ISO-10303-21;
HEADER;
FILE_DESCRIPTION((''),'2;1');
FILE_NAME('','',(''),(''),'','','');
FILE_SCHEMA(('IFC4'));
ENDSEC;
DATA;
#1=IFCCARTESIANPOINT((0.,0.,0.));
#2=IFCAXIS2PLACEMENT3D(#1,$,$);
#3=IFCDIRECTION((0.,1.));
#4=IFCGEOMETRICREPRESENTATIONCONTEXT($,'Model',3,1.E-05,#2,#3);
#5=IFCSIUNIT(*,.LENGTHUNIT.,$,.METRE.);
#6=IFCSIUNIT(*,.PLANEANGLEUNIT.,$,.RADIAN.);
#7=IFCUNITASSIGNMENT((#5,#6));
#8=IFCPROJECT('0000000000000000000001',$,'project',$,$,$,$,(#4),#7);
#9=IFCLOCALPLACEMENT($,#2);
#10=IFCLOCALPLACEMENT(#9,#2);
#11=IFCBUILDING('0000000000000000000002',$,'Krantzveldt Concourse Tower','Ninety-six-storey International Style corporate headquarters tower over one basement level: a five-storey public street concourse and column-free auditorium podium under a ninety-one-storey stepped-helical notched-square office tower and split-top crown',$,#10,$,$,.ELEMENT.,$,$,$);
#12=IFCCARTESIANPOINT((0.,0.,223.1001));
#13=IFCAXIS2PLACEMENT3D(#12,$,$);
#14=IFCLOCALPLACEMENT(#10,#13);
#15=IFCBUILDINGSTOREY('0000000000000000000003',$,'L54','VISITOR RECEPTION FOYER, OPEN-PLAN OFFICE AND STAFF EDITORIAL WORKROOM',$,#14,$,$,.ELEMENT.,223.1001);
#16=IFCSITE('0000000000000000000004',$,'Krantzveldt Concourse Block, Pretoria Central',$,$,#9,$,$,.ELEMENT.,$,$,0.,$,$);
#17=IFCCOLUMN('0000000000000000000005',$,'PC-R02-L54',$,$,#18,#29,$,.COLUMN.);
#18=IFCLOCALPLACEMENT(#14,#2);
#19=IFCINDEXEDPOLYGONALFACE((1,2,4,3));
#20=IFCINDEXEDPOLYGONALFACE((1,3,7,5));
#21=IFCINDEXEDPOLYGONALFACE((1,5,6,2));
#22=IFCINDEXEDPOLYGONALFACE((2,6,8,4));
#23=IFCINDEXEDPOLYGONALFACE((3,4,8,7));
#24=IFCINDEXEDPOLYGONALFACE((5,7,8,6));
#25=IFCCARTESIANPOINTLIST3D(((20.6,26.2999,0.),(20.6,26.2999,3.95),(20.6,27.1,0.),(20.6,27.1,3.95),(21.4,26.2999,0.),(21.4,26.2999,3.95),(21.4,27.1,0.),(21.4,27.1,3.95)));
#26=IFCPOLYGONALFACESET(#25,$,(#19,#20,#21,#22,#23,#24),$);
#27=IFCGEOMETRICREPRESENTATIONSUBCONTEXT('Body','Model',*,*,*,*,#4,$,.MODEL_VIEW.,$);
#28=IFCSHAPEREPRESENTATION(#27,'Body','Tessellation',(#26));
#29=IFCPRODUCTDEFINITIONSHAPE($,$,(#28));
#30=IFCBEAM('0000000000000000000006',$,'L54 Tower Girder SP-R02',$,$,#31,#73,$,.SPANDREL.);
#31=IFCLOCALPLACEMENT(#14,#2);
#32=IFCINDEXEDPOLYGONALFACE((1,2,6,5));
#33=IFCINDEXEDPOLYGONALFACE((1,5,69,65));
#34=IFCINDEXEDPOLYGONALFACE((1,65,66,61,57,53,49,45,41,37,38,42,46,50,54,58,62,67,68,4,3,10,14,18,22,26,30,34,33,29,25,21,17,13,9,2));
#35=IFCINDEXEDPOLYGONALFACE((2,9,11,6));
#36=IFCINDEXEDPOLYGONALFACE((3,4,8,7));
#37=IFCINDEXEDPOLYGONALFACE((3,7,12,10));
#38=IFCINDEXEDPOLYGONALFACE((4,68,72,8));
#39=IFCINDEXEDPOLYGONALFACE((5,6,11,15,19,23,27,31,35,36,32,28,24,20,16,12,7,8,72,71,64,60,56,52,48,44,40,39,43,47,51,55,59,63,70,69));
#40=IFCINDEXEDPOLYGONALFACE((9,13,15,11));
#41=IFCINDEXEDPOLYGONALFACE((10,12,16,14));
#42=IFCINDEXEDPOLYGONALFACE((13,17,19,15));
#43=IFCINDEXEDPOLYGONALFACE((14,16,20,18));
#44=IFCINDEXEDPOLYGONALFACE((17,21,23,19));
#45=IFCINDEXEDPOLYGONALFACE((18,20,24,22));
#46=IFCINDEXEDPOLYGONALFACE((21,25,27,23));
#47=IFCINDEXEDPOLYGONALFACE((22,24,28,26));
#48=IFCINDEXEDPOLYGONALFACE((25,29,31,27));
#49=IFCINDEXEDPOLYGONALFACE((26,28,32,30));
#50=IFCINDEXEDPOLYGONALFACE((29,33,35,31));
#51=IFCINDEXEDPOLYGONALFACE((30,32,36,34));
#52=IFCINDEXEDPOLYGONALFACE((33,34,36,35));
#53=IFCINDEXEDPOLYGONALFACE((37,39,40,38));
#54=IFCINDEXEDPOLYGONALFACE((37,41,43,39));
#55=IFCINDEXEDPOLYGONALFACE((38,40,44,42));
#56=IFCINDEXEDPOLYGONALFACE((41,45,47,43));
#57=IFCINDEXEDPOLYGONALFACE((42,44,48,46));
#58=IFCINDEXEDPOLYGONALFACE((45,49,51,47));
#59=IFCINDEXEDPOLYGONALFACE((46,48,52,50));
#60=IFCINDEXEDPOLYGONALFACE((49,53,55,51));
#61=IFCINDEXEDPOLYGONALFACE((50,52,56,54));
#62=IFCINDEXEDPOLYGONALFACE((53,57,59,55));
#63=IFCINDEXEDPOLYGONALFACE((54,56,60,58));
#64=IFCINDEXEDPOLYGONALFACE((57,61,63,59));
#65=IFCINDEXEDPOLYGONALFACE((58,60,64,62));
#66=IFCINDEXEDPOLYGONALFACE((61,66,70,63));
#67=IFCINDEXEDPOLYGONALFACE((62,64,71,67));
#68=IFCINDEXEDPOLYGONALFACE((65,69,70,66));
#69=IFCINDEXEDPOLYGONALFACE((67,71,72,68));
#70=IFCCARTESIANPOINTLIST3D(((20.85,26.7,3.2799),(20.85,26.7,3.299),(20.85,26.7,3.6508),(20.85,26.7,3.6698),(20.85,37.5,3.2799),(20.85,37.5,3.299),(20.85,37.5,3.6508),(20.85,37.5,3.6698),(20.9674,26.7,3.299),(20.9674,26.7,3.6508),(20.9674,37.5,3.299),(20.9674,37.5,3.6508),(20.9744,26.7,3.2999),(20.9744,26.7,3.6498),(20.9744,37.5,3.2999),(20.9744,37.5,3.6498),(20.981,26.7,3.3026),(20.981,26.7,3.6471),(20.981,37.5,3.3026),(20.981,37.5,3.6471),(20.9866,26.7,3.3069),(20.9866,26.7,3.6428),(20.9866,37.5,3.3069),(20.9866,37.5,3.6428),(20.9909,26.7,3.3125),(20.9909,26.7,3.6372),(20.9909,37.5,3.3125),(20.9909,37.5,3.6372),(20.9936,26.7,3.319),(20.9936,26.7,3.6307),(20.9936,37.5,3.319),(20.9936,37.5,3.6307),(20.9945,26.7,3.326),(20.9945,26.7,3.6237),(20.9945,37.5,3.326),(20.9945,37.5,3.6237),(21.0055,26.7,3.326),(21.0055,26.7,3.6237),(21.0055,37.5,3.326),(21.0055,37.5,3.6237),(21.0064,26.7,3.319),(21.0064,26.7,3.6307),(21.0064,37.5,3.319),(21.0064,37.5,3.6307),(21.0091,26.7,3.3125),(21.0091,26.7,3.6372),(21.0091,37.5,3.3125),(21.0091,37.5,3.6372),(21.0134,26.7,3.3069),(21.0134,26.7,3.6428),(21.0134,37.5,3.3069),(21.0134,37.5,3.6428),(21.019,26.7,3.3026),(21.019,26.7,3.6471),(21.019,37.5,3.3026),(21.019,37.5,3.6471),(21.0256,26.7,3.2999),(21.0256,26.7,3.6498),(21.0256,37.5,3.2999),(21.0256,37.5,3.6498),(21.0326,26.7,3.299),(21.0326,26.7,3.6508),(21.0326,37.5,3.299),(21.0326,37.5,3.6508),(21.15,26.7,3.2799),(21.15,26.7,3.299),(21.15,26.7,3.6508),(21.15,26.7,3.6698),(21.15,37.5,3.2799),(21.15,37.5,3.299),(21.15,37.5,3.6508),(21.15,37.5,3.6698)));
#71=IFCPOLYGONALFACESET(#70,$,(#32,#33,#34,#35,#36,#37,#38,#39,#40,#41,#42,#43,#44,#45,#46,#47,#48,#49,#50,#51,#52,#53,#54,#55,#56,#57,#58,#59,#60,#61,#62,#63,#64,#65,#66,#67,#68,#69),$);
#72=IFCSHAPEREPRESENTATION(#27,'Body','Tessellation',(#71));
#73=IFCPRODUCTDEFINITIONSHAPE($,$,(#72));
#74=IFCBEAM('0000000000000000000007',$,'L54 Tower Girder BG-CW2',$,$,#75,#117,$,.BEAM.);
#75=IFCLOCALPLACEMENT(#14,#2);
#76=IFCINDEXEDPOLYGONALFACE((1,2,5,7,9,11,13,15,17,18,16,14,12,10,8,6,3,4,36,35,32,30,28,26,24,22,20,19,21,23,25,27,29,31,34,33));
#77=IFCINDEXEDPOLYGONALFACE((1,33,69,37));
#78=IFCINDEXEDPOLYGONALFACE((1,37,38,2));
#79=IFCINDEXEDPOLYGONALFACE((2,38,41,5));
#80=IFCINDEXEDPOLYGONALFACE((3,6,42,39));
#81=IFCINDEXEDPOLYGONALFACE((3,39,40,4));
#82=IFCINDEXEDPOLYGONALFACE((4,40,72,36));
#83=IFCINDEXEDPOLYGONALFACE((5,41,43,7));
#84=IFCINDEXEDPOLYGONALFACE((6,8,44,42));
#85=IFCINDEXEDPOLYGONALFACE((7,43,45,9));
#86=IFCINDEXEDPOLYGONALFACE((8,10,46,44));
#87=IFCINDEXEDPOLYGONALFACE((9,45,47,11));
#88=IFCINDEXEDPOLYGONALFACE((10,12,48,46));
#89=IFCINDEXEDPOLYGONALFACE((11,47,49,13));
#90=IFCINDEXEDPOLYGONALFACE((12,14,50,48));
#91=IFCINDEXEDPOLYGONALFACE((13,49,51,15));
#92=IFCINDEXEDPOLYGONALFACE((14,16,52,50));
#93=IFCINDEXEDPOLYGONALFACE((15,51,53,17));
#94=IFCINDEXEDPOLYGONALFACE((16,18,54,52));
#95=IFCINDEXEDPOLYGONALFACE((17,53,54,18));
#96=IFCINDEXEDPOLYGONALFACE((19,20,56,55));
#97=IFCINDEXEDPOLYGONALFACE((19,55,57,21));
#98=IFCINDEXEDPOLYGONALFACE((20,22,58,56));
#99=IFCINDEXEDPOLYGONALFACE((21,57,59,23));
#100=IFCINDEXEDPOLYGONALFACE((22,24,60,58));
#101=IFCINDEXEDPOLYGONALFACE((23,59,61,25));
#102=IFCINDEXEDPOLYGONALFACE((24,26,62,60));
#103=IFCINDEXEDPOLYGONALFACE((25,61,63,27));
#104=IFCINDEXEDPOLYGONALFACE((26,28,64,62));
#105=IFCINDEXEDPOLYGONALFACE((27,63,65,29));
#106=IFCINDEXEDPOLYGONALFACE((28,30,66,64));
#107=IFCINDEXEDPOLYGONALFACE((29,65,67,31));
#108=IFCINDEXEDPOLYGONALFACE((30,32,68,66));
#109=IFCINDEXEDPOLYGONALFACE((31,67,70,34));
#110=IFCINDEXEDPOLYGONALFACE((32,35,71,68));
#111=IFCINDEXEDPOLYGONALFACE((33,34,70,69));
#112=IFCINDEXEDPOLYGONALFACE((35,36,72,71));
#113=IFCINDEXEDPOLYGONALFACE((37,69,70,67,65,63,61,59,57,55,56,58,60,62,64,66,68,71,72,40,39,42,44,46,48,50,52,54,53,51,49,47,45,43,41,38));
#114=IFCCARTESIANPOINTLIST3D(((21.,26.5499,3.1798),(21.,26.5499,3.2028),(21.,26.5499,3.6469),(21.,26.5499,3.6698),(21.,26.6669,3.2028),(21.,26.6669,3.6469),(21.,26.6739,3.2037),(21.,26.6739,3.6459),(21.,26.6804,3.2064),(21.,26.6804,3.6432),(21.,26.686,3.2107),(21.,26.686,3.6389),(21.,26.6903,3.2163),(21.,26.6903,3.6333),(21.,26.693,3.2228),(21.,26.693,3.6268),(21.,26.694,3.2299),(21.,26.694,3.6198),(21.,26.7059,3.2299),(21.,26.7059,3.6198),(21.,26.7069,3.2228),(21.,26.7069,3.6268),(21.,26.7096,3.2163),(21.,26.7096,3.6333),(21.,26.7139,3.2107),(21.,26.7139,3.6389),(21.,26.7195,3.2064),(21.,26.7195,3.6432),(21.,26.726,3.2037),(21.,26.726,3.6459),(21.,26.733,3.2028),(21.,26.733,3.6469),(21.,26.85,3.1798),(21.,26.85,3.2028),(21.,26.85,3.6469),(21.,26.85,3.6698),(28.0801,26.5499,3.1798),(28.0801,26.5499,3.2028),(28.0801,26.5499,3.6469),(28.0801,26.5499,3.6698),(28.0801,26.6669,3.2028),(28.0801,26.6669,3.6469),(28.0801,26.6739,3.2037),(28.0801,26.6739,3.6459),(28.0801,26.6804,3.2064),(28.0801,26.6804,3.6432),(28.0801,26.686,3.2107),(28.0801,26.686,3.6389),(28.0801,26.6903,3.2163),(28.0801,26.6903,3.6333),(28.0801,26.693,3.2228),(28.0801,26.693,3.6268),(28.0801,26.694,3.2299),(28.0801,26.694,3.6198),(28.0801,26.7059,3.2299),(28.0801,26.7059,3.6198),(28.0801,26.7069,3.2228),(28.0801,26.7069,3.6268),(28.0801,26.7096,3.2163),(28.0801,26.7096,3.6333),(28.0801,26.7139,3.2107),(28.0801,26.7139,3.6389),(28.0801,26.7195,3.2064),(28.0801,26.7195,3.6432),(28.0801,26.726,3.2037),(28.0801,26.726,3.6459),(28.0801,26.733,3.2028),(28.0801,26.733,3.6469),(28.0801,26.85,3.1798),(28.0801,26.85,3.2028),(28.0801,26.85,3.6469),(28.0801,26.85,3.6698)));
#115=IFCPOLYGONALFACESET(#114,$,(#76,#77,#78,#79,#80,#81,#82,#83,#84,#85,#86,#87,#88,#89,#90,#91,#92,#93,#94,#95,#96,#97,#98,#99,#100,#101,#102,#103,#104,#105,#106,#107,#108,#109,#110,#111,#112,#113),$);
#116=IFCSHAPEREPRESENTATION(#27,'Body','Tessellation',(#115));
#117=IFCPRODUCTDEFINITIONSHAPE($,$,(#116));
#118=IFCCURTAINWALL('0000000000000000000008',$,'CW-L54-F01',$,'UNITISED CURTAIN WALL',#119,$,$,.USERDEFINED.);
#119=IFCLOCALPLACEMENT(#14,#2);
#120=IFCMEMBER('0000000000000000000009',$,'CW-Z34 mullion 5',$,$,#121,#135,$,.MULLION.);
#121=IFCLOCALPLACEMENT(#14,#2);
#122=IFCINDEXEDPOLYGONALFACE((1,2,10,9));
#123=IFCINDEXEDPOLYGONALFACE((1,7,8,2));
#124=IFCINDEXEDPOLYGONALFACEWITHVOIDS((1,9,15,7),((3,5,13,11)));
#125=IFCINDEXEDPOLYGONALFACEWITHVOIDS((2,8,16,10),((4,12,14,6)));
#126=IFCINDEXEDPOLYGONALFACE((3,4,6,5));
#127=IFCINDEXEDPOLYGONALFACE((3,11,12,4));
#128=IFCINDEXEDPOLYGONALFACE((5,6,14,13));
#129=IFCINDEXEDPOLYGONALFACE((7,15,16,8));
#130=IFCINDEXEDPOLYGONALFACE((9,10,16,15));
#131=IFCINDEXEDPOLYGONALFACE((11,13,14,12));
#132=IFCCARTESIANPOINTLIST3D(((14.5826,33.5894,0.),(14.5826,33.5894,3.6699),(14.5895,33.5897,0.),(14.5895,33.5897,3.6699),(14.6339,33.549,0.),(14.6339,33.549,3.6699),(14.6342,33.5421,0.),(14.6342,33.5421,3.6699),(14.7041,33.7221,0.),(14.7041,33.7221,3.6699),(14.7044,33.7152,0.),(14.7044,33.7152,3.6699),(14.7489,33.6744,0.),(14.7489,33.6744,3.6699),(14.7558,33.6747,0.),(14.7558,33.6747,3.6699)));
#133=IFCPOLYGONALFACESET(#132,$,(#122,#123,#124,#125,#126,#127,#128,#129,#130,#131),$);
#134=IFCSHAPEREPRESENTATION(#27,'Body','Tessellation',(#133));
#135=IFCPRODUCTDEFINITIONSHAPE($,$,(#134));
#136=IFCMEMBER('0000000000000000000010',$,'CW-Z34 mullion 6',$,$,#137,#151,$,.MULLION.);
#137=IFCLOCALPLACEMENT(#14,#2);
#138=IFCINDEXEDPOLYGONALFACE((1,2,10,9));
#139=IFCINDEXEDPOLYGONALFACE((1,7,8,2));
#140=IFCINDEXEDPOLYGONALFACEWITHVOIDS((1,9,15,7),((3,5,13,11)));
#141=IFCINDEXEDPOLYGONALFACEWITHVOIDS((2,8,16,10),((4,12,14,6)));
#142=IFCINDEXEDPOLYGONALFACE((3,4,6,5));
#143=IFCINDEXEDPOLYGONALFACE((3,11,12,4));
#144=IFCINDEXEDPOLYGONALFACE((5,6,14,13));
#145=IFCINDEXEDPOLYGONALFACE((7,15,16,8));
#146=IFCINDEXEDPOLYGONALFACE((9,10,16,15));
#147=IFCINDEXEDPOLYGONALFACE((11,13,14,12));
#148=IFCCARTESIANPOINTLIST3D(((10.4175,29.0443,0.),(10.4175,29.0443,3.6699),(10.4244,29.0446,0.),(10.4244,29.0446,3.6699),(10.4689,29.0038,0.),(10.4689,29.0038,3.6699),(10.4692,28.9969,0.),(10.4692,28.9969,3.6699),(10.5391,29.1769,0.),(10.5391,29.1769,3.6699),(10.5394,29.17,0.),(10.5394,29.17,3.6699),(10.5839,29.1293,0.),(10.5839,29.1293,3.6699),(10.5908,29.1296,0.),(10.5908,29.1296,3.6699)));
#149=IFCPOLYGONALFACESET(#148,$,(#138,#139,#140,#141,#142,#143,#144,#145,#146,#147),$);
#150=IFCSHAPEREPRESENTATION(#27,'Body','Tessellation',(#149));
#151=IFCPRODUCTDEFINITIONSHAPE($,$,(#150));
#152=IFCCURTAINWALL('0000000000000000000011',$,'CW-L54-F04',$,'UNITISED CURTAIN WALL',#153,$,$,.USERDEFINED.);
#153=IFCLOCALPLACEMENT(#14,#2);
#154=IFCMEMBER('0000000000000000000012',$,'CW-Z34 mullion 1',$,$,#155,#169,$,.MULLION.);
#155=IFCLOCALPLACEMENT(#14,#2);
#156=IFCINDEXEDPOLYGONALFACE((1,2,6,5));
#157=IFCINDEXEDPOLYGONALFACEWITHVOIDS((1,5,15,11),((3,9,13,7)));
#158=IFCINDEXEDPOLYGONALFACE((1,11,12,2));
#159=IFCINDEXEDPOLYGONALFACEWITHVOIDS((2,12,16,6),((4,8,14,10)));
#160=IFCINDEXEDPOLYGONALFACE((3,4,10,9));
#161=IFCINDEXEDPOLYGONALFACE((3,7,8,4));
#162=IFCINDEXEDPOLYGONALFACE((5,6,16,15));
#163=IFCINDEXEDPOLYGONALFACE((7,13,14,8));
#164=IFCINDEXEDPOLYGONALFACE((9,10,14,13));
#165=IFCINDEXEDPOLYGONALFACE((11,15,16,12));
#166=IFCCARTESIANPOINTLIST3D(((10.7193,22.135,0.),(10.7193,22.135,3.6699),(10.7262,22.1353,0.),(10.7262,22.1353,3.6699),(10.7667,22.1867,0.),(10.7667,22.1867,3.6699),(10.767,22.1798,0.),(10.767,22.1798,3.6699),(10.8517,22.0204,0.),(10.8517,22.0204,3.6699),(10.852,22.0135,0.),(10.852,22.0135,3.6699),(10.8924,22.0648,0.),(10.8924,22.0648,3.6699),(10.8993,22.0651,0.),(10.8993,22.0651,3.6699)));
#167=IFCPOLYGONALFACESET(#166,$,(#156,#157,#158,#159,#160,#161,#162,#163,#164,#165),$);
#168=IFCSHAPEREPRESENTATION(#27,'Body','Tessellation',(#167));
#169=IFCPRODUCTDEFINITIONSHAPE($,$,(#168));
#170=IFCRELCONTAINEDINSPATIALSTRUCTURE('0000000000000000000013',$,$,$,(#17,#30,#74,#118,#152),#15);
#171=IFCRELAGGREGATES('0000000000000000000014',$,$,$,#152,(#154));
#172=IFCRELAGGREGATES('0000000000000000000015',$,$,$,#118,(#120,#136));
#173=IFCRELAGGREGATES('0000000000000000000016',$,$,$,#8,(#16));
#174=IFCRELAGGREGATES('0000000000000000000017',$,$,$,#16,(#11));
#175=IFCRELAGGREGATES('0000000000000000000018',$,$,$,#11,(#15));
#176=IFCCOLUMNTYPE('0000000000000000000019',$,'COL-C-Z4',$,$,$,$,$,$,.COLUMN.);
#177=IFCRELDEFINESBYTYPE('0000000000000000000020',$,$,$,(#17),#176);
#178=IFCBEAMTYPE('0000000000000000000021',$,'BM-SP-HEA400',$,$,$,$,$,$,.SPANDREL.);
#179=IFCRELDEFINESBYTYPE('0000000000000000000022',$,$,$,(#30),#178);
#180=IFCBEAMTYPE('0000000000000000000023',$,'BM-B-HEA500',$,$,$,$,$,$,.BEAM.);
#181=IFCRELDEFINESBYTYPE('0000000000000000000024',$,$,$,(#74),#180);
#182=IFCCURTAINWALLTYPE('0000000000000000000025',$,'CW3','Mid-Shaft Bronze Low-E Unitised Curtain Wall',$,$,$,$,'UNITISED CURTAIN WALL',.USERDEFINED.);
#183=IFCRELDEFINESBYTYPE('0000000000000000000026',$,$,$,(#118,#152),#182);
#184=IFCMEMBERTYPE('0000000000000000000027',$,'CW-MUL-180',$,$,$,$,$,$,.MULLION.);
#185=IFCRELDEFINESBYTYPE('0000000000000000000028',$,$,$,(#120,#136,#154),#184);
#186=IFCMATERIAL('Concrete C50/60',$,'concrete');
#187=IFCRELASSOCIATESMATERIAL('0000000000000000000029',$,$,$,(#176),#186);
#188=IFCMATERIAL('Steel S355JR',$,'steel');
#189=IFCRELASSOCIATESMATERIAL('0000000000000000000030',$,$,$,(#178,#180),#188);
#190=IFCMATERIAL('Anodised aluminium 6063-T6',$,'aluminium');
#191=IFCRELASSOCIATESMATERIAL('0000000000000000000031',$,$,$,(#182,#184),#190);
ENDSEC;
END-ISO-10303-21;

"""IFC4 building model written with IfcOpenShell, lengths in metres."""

from ifc_helpers import new_model, si_unit, direction, frame, origin, origin_2d, place, context, subcontext, project, spatial, rectangle, hollow_rectangle, i_section, extrude, source, transform, mapped, material, material_profile, profile_set, type_object, type_shapes, element, aggregate, save


model = new_model("IFC4")

# Units and contexts
model_context = context("Model", 3, precision=1e-05, world=origin(), true_north=direction((0.0, 1.0)))
body_context = subcontext(model_context, "Body", "Model", "MODEL_VIEW")
ifc_project = project(units=[si_unit("LENGTHUNIT", "METRE"), si_unit("PLANEANGLEUNIT", "RADIAN")], contexts=[model_context])

# Site, building, storey
site_placement = place(None, origin())
site = spatial("IfcSite", under=ifc_project, at=site_placement, Name="Krantzveldt Concourse Block, Pretoria Central", CompositionType="ELEMENT", RefElevation=0.0)
building_placement = place(site_placement, origin())
building = spatial("IfcBuilding", under=site, at=building_placement, Name="Krantzveldt Concourse Tower", Description="Ninety-six-storey International Style corporate headquarters tower over one basement level: a five-storey public street concourse and column-free auditorium podium under a ninety-one-storey stepped-helical notched-square office tower and split-top crown", CompositionType="ELEMENT")
storey_placement = place(building_placement, frame((0.0, 0.0, 223.1001)))
storey = spatial("IfcBuildingStorey", under=building, at=storey_placement, Name="L54", Description="VISITOR RECEPTION FOYER, OPEN-PLAN OFFICE AND STAFF EDITORIAL WORKROOM", CompositionType="ELEMENT", Elevation=223.1001)

# Column
ifc_material_1 = material(Name="Concrete C50/60", Category="concrete")
ifc_material_profile_1 = material_profile(ifc_material_1, rectangle(XDim=0.8, YDim=0.8, at=origin_2d()), Name="Concrete C50/60", Category="concrete")
ifc_profile_set_1 = profile_set([ifc_material_profile_1], Name="Concrete C50/60 - RC 800x800")
column_type = type_object("IfcColumnType", Name="COL-C-Z4", PredefinedType="COLUMN", material=ifc_profile_set_1)
shared_shape_1 = source(origin(), body_context, "Body", "SweptSolid", [
    extrude(rectangle(XDim=0.8, YDim=0.8, at=origin_2d()), origin(), (0.0, 0.0, 1.0), 3.95),
])
type_shapes(column_type, [shared_shape_1])
column_placement = place(storey_placement, frame((21.0, 26.7, 0.0), z_axis=(0.0, 0.0, 1.0), x_axis=(1.0, 0.0, 0.0)))
element("IfcColumn", 1, at=column_placement, inside=storey, type_object=column_type, Name="PC-R02-L54", PredefinedType="COLUMN", context=body_context, shape_type="MappedRepresentation", body=[
    mapped(shared_shape_1, transform((0.0, 0.0, 0.0), x_axis=(1.0, 0.0, 0.0), y_axis=(0.0, 1.0, 0.0), z_axis=(0.0, 0.0, 1.0), scale=1.0)),
])

# Beams
ifc_material_2 = material(Name="Steel S355JR", Category="steel")
ifc_material_profile_2 = material_profile(ifc_material_2, i_section(OverallWidth=0.3, OverallDepth=0.3899, WebThickness=0.011, FlangeThickness=0.019, FilletRadius=0.0271, at=origin_2d()), Name="Steel S355JR", Category="steel")
ifc_profile_set_2 = profile_set([ifc_material_profile_2], Name="Steel S355JR - HEA 400")
beam_type_1 = type_object("IfcBeamType", Name="BM-SP-HEA400", PredefinedType="SPANDREL", material=ifc_profile_set_2)
shared_shape_2 = source(origin(), body_context, "Body", "SweptSolid", [
    extrude(i_section(OverallWidth=0.3, OverallDepth=0.3899, WebThickness=0.011, FlangeThickness=0.019, FilletRadius=0.0271, at=origin_2d()), origin(), (0.0, 0.0, 1.0), 10.8),
])
type_shapes(beam_type_1, [shared_shape_2])
beam_1_placement = place(storey_placement, frame((21.0, 26.7, 3.4749), z_axis=(0.0, 1.0, 0.0), x_axis=(-1.0, 0.0, 0.0)))
element("IfcBeam", 2, at=beam_1_placement, inside=storey, type_object=beam_type_1, Name="L54 Tower Girder SP-R02", PredefinedType="SPANDREL", context=body_context, shape_type="MappedRepresentation", body=[
    mapped(shared_shape_2, transform((0.0, 0.0, 0.0), x_axis=(1.0, 0.0, 0.0), y_axis=(0.0, 1.0, 0.0), z_axis=(0.0, 0.0, 1.0), scale=1.0)),
])
ifc_material_profile_3 = material_profile(ifc_material_2, i_section(OverallWidth=0.3, OverallDepth=0.49, WebThickness=0.012, FlangeThickness=0.0229, FilletRadius=0.0271, at=origin_2d()), Name="Steel S355JR", Category="steel")
ifc_profile_set_3 = profile_set([ifc_material_profile_3], Name="Steel S355JR - HEA 500")
beam_type_2 = type_object("IfcBeamType", Name="BM-B-HEA500", PredefinedType="BEAM", material=ifc_profile_set_3)
shared_shape_3 = source(origin(), body_context, "Body", "SweptSolid", [
    extrude(i_section(OverallWidth=0.3, OverallDepth=0.49, WebThickness=0.012, FlangeThickness=0.0229, FilletRadius=0.0271, at=origin_2d()), origin(), (0.0, 0.0, 1.0), 7.0801),
])
type_shapes(beam_type_2, [shared_shape_3])
beam_2_placement = place(storey_placement, frame((21.0, 26.7, 3.4248), z_axis=(1.0, 0.0, 0.0), x_axis=(0.0, 1.0, 0.0)))
element("IfcBeam", 3, at=beam_2_placement, inside=storey, type_object=beam_type_2, Name="L54 Tower Girder BG-CW2", PredefinedType="BEAM", context=body_context, shape_type="MappedRepresentation", body=[
    mapped(shared_shape_3, transform((0.0, 0.0, 0.0), x_axis=(1.0, 0.0, 0.0), y_axis=(0.0, 1.0, 0.0), z_axis=(0.0, 0.0, 1.0), scale=1.0)),
])

# Curtain wall, members
ifc_material_3 = material(Name="Anodised aluminium 6063-T6", Category="aluminium")
curtain_wall_type = type_object("IfcCurtainWallType", Name="CW3", Description="Mid-Shaft Bronze Low-E Unitised Curtain Wall", ElementType="UNITISED CURTAIN WALL", PredefinedType="USERDEFINED", material=ifc_material_3)
curtain_wall_1_placement = place(storey_placement, origin())
curtain_wall_1 = element("IfcCurtainWall", 4, at=curtain_wall_1_placement, inside=storey, type_object=curtain_wall_type, Name="CW-L54-F01", ObjectType="UNITISED CURTAIN WALL", PredefinedType="USERDEFINED")
ifc_material_profile_4 = material_profile(ifc_material_3, hollow_rectangle(XDim=0.0701, YDim=0.1799, WallThickness=0.0049, at=origin_2d()), Name="Anodised aluminium 6063-T6", Category="aluminium")
ifc_profile_set_4 = profile_set([ifc_material_profile_4], Name="Anodised aluminium 6063-T6 - ALU-MULL 180x70x5")
member_type_1 = type_object("IfcMemberType", Name="CW-MUL-180", PredefinedType="MULLION", material=ifc_profile_set_4)
shared_shape_4 = source(origin(), body_context, "Body", "SweptSolid", [
    extrude(hollow_rectangle(XDim=0.0701, YDim=0.1799, WallThickness=0.0049, at=origin_2d()), origin(), (0.0, 0.0, 1.0), 3.6699),
])
type_shapes(member_type_1, [shared_shape_4])
member_1_placement = place(storey_placement, frame((14.6692, 33.6321, 0.0), z_axis=(0.0, 0.0, 1.0), x_axis=(0.737277, -0.67559, 0.0)))
member_1 = element("IfcMember", 5, at=member_1_placement, type_object=member_type_1, Name="CW-Z34 mullion 5", PredefinedType="MULLION", context=body_context, shape_type="MappedRepresentation", body=[
    mapped(shared_shape_4, transform((0.0, 0.0, 0.0), x_axis=(1.0, 0.0, 0.0), y_axis=(0.0, 1.0, 0.0), z_axis=(0.0, 0.0, 1.0), scale=1.0)),
])
member_2_placement = place(storey_placement, frame((10.5042, 29.0869, 0.0), z_axis=(0.0, 0.0, 1.0), x_axis=(0.737277, -0.67559, 0.0)))
member_2 = element("IfcMember", 6, at=member_2_placement, type_object=member_type_1, Name="CW-Z34 mullion 6", PredefinedType="MULLION", context=body_context, shape_type="MappedRepresentation", body=[
    mapped(shared_shape_4, transform((0.0, 0.0, 0.0), x_axis=(1.0, 0.0, 0.0), y_axis=(0.0, 1.0, 0.0), z_axis=(0.0, 0.0, 1.0), scale=1.0)),
])

# Curtain wall, member
curtain_wall_2_placement = place(storey_placement, origin())
curtain_wall_2 = element("IfcCurtainWall", 7, at=curtain_wall_2_placement, inside=storey, type_object=curtain_wall_type, Name="CW-L54-F04", ObjectType="UNITISED CURTAIN WALL", PredefinedType="USERDEFINED")
member_3_placement = place(storey_placement, frame((10.8093, 22.1001, 0.0), z_axis=(0.0, 0.0, 1.0), x_axis=(0.67559, 0.737277, 0.0)))
member_3 = element("IfcMember", 8, at=member_3_placement, type_object=member_type_1, Name="CW-Z34 mullion 1", PredefinedType="MULLION", context=body_context, shape_type="MappedRepresentation", body=[
    mapped(shared_shape_4, transform((0.0, 0.0, 0.0), x_axis=(1.0, 0.0, 0.0), y_axis=(0.0, 1.0, 0.0), z_axis=(0.0, 0.0, 1.0), scale=1.0)),
])
aggregate(curtain_wall_2, [member_3])

aggregate(curtain_wall_1, [member_1, member_2])

save(model, "model.ifc")
